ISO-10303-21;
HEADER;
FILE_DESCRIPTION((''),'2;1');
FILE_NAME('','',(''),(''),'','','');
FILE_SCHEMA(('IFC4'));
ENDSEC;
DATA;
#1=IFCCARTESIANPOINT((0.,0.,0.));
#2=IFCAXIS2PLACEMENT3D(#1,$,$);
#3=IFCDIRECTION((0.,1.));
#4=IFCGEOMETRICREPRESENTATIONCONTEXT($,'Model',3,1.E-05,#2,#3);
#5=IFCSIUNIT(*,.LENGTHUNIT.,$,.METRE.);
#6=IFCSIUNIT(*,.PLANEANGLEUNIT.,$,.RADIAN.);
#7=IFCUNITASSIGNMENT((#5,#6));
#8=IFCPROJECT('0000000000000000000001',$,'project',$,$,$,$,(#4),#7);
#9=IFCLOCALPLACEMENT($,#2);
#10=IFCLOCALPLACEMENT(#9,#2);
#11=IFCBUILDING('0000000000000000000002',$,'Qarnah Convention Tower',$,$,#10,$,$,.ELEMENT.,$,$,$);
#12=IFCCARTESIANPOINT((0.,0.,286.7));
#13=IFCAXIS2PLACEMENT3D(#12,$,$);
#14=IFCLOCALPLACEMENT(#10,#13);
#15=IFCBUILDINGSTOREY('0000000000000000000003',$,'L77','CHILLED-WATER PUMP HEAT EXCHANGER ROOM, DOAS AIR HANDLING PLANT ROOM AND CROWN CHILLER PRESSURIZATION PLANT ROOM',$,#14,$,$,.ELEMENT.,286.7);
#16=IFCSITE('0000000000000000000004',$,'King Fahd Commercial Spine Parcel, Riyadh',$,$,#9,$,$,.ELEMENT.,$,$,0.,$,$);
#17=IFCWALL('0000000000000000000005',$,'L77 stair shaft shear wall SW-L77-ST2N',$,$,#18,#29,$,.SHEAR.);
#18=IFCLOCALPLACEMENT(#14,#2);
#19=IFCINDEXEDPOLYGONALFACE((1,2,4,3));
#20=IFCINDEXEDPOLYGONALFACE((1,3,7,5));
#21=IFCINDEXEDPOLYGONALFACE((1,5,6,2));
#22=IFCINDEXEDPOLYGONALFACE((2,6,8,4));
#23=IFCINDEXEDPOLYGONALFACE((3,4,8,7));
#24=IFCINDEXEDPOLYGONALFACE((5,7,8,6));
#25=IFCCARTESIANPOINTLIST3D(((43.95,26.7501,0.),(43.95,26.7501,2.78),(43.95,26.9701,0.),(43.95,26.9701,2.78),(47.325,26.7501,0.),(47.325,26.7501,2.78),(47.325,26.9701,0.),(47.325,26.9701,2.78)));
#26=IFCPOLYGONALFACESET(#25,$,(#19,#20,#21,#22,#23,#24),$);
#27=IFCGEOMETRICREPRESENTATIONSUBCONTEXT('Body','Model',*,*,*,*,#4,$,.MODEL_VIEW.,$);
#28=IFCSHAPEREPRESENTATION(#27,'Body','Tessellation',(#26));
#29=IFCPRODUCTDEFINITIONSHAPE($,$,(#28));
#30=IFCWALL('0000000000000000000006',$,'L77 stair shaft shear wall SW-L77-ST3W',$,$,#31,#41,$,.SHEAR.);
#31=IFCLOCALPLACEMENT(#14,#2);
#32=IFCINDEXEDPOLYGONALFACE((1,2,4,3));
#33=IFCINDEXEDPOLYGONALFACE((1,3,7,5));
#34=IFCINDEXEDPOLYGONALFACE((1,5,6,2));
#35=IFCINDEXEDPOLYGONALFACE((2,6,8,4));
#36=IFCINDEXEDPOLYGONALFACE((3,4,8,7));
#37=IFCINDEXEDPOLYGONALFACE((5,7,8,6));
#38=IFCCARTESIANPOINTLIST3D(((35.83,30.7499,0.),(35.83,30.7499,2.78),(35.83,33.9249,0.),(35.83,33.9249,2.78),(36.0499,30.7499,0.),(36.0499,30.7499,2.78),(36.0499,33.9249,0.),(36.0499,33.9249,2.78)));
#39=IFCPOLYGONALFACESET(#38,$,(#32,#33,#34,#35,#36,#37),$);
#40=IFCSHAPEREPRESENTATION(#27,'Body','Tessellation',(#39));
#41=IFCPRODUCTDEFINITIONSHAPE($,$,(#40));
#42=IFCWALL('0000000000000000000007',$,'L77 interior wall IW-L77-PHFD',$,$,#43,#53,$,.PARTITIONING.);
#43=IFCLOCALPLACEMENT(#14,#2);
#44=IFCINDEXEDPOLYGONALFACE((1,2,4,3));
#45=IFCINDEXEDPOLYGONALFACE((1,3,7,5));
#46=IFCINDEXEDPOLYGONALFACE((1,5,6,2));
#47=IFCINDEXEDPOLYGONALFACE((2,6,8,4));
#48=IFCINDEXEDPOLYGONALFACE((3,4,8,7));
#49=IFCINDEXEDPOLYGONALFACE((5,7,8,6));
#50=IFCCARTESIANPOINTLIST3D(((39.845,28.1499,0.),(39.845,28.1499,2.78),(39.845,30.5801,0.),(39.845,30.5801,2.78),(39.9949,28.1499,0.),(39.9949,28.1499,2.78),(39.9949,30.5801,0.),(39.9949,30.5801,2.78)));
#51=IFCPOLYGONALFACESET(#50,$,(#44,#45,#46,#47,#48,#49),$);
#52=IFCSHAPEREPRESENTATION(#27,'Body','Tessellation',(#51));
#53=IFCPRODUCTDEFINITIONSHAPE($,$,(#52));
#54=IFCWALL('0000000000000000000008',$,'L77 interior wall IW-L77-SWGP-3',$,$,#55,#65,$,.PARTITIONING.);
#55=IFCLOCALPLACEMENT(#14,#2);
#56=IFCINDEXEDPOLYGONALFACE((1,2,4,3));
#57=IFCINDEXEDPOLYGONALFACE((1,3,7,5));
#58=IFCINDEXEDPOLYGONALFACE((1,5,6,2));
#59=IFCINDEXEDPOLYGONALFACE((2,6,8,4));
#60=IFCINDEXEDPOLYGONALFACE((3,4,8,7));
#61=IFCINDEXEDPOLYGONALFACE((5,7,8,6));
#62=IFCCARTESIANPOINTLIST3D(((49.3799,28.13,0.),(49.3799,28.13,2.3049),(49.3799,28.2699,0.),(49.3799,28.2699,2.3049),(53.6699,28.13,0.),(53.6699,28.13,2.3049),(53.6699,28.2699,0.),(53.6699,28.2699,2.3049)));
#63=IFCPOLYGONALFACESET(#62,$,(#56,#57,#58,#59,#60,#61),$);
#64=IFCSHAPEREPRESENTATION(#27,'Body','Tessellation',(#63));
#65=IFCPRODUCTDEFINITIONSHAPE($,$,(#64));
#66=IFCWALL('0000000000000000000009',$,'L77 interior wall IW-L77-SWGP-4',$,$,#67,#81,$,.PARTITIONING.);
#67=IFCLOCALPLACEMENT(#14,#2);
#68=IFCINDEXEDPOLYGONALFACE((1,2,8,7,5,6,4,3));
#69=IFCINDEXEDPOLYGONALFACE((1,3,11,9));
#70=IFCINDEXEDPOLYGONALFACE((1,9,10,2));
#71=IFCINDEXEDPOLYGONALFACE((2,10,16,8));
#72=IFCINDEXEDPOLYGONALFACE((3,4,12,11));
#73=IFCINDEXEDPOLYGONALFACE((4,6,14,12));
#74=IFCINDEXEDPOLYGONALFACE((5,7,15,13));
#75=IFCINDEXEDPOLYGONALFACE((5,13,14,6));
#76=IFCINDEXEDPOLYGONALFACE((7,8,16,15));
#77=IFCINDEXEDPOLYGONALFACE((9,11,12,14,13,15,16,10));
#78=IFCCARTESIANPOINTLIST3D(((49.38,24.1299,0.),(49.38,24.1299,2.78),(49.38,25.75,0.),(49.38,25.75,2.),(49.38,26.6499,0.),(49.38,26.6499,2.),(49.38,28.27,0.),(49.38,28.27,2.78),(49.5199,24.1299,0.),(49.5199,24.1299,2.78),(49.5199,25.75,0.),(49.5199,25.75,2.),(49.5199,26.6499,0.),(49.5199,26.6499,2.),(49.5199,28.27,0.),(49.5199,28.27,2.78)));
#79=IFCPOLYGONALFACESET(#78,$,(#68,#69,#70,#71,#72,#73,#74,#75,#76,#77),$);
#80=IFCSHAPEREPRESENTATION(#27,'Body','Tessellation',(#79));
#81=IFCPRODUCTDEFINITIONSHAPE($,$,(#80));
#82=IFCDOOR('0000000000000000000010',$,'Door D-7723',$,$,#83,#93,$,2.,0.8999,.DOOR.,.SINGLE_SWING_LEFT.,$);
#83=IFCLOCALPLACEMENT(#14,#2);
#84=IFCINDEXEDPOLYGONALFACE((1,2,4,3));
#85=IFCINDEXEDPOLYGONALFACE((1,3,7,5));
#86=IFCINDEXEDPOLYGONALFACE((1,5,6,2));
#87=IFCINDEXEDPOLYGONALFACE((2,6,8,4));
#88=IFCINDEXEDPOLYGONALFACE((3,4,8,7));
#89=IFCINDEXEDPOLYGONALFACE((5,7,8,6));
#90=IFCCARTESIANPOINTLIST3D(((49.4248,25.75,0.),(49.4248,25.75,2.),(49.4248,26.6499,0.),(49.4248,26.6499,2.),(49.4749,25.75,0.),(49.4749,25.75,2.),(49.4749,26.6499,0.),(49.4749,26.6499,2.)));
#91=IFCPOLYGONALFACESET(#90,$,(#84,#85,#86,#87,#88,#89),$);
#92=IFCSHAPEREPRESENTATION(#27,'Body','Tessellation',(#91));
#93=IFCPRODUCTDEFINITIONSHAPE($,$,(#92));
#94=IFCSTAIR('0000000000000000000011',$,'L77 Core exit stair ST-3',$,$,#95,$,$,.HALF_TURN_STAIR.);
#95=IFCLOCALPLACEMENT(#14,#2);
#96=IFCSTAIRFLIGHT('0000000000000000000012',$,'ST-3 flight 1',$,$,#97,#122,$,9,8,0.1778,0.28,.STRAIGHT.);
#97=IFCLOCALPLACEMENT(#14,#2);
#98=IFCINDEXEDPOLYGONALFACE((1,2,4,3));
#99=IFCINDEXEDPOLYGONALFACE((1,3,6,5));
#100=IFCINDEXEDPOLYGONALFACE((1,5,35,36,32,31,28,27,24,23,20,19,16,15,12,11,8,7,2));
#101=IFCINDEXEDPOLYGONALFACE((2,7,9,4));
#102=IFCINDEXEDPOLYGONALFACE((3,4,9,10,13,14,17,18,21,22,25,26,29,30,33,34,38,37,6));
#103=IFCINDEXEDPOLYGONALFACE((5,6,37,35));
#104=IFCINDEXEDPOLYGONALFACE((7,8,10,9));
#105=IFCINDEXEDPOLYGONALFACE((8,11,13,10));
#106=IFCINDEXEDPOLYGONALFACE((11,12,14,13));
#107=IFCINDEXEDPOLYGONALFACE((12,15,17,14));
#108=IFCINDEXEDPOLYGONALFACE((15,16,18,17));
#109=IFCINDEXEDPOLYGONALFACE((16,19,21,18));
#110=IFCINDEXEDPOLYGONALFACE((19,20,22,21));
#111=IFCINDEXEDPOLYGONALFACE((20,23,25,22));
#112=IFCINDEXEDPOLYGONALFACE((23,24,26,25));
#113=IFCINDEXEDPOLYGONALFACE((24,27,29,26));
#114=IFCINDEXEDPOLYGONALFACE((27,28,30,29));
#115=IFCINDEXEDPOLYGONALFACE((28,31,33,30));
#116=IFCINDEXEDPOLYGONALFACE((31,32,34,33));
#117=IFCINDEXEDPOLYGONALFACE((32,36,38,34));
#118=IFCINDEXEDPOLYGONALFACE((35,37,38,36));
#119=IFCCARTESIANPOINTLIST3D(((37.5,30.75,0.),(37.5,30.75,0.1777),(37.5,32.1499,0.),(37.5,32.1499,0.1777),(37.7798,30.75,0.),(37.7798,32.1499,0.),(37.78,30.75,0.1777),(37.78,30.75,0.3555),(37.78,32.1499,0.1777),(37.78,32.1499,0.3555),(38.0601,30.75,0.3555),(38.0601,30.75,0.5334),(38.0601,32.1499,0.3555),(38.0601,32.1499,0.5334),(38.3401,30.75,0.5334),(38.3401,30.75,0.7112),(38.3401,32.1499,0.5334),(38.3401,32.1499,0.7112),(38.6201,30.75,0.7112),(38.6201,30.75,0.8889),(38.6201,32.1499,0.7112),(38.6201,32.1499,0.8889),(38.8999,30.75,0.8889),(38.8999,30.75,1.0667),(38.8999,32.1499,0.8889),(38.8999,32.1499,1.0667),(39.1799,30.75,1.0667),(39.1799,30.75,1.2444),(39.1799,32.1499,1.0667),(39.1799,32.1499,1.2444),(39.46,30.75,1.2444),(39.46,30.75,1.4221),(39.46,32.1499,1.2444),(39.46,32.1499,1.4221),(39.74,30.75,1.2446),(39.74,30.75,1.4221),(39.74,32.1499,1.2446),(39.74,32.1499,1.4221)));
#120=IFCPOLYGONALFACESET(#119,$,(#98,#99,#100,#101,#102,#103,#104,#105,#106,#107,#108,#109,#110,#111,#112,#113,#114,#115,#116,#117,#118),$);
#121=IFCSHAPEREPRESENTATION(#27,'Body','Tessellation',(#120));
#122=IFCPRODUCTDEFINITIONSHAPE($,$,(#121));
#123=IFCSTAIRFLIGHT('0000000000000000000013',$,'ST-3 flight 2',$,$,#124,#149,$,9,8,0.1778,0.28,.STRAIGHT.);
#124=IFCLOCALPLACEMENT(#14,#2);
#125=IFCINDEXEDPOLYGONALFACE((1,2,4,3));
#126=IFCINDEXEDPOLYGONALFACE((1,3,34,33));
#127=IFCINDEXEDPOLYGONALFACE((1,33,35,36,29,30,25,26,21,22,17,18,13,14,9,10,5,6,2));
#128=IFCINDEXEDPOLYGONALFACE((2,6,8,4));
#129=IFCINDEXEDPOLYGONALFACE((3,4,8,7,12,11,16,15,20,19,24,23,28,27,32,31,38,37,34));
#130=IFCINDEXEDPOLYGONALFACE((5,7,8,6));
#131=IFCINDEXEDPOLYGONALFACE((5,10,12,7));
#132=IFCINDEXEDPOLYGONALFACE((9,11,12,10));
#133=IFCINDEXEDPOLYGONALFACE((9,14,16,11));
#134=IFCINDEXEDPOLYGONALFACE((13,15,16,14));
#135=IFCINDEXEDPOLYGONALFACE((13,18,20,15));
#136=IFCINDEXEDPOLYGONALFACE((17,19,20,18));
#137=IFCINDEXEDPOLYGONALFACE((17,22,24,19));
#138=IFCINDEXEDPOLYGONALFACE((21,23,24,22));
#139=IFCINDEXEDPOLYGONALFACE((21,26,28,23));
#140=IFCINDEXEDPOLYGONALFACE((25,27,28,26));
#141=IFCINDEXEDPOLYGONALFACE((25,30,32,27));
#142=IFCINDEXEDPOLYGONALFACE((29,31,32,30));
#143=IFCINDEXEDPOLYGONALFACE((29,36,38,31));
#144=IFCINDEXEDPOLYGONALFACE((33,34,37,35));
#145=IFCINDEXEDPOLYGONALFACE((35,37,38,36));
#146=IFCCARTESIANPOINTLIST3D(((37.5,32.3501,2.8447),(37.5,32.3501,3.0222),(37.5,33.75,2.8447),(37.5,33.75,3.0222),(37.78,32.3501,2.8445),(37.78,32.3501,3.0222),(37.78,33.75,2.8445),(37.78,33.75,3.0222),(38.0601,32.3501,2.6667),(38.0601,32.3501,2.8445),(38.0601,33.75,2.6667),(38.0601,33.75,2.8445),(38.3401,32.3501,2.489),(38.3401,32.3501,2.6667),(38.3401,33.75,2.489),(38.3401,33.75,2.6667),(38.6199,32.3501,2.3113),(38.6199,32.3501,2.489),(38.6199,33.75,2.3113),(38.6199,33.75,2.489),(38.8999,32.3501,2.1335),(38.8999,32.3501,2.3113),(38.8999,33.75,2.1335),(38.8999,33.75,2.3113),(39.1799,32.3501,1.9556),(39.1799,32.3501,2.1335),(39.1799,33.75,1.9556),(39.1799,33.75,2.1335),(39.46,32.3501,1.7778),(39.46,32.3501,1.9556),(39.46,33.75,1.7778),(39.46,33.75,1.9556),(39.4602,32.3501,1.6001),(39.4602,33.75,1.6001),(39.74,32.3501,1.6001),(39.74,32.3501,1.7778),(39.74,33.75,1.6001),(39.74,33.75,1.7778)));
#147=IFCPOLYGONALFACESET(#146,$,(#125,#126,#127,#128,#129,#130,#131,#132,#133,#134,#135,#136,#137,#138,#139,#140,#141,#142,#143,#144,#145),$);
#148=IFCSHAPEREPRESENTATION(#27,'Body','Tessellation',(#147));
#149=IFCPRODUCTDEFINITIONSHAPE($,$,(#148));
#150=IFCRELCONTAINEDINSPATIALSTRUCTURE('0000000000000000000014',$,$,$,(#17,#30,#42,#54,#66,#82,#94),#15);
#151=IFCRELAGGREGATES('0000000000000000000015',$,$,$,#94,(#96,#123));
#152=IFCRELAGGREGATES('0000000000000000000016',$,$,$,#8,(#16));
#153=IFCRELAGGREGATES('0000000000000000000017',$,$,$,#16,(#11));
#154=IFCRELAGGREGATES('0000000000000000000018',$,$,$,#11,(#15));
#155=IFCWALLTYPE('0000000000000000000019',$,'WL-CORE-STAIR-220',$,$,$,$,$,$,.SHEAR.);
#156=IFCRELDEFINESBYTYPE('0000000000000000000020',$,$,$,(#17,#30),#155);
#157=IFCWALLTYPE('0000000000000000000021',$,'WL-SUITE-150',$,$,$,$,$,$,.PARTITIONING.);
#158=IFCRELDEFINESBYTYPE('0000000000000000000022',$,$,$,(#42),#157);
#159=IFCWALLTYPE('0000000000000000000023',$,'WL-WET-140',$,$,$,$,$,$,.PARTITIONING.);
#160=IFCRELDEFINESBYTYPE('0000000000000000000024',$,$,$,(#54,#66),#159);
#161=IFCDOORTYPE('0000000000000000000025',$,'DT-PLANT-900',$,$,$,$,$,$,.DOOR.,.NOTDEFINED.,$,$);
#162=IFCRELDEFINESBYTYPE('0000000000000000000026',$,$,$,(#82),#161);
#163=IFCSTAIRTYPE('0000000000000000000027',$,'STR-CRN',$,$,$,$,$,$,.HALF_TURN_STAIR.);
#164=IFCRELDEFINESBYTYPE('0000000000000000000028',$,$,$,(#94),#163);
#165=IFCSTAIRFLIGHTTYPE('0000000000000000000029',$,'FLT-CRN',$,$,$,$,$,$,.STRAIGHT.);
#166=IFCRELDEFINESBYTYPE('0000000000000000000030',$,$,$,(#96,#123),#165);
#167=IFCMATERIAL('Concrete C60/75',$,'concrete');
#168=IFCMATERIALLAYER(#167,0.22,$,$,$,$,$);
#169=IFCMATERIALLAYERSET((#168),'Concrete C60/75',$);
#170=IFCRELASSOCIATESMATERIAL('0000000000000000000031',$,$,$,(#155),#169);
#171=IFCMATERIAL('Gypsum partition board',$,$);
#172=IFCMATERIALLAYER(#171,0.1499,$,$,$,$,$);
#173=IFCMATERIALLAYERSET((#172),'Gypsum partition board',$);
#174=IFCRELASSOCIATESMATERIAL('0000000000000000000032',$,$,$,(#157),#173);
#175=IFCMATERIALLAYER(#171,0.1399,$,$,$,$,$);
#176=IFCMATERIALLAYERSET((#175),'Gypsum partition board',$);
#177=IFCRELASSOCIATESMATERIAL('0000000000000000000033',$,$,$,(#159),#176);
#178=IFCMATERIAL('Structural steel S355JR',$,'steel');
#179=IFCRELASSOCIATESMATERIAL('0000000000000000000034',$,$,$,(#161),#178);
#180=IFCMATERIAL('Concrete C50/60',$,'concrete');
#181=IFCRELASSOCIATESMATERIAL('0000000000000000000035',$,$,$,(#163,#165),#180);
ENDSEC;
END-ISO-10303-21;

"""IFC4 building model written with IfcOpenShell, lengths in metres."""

from ifc_helpers import new_model, si_unit, direction, frame, frame_2d, origin, place, context, subcontext, project, spatial, polyline, rectangle, outline, extrude, material, layer, layer_set, type_object, element, fill, aggregate, save


model = new_model("IFC4")

# Units and contexts
model_context = context("Model", 3, precision=1e-05, world=origin(), true_north=direction((0.0, 1.0)))
body_context = subcontext(model_context, "Body", "Model", "MODEL_VIEW")
ifc_project = project(units=[si_unit("LENGTHUNIT", "METRE"), si_unit("PLANEANGLEUNIT", "RADIAN")], contexts=[model_context])

# Site, building, storey
site_placement = place(None, origin())
site = spatial("IfcSite", under=ifc_project, at=site_placement, Name="King Fahd Commercial Spine Parcel, Riyadh", CompositionType="ELEMENT", RefElevation=0.0)
building_placement = place(site_placement, origin())
building = spatial("IfcBuilding", under=site, at=building_placement, Name="Qarnah Convention Tower", CompositionType="ELEMENT")
storey_placement = place(building_placement, frame((0.0, 0.0, 286.7)))
storey = spatial("IfcBuildingStorey", under=building, at=storey_placement, Name="L77", Description="CHILLED-WATER PUMP HEAT EXCHANGER ROOM, DOAS AIR HANDLING PLANT ROOM AND CROWN CHILLER PRESSURIZATION PLANT ROOM", CompositionType="ELEMENT", Elevation=286.7)

# Shared definitions
ifc_material_1 = material(Name="Structural steel S355JR", Category="steel")

# Walls
ifc_material_2 = material(Name="Concrete C60/75", Category="concrete")
ifc_layer_1 = layer(ifc_material_2, 0.22)
ifc_layer_set_1 = layer_set([ifc_layer_1], Name="Concrete C60/75")
wall_type_1 = type_object("IfcWallType", Name="WL-CORE-STAIR-220", PredefinedType="SHEAR", material=ifc_layer_set_1)
wall_1_placement = place(storey_placement, frame((43.95, 26.8601, 0.0), z_axis=(0.0, 0.0, 1.0), x_axis=(1.0, 0.0, 0.0)))
element("IfcWall", 1, at=wall_1_placement, inside=storey, type_object=wall_type_1, Name="L77 stair shaft shear wall SW-L77-ST2N", PredefinedType="SHEAR", context=body_context, shape_type="SweptSolid", body=[
    extrude(rectangle(XDim=3.375, YDim=0.22, at=frame_2d((1.6875, 0.0))), origin(), (0.0, 0.0, 1.0), 2.78),
])
wall_2_placement = place(storey_placement, frame((35.9399, 30.75, 0.0), z_axis=(0.0, 0.0, 1.0), x_axis=(0.0, 1.0, 0.0)))
element("IfcWall", 2, at=wall_2_placement, inside=storey, type_object=wall_type_1, Name="L77 stair shaft shear wall SW-L77-ST3W", PredefinedType="SHEAR", context=body_context, shape_type="SweptSolid", body=[
    extrude(rectangle(XDim=3.175, YDim=0.22, at=frame_2d((1.5874, 0.0))), origin(), (0.0, 0.0, 1.0), 2.78),
])
ifc_material_3 = material(Name="Gypsum partition board")
ifc_layer_2 = layer(ifc_material_3, 0.1499)
ifc_layer_set_2 = layer_set([ifc_layer_2], Name="Gypsum partition board")
wall_type_2 = type_object("IfcWallType", Name="WL-SUITE-150", PredefinedType="PARTITIONING", material=ifc_layer_set_2)
wall_3_placement = place(storey_placement, frame((39.9199, 28.1499, 0.0), z_axis=(0.0, 0.0, 1.0), x_axis=(0.0, 1.0, 0.0)))
element("IfcWall", 3, at=wall_3_placement, inside=storey, type_object=wall_type_2, Name="L77 interior wall IW-L77-PHFD", PredefinedType="PARTITIONING", context=body_context, shape_type="SweptSolid", body=[
    extrude(rectangle(XDim=2.4302, YDim=0.1499, at=frame_2d((1.2151, 0.0))), origin(), (0.0, 0.0, 1.0), 2.78),
])
ifc_layer_3 = layer(ifc_material_3, 0.1399)
ifc_layer_set_3 = layer_set([ifc_layer_3], Name="Gypsum partition board")
wall_type_3 = type_object("IfcWallType", Name="WL-WET-140", PredefinedType="PARTITIONING", material=ifc_layer_set_3)
wall_4_placement = place(storey_placement, frame((53.6699, 28.2, 0.0), z_axis=(0.0, 0.0, 1.0), x_axis=(-1.0, 0.0, 0.0)))
element("IfcWall", 4, at=wall_4_placement, inside=storey, type_object=wall_type_3, Name="L77 interior wall IW-L77-SWGP-3", PredefinedType="PARTITIONING", context=body_context, shape_type="SweptSolid", body=[
    extrude(rectangle(XDim=4.29, YDim=0.1399, at=frame_2d((2.145, 0.0))), origin(), (0.0, 0.0, 1.0), 2.3049),
])

# Wall, opening, door
wall_5_placement = place(storey_placement, frame((49.45, 28.27, 0.0), z_axis=(0.0, 0.0, 1.0), x_axis=(0.0, -1.0, 0.0)))
wall_5 = element("IfcWall", 5, at=wall_5_placement, inside=storey, type_object=wall_type_3, Name="L77 interior wall IW-L77-SWGP-4", PredefinedType="PARTITIONING", context=body_context, shape_type="SweptSolid", body=[
    extrude(rectangle(XDim=4.1401, YDim=0.1399, at=frame_2d((2.0701, 0.0))), origin(), (0.0, 0.0, 1.0), 2.78),
])
opening_1_placement = place(wall_5_placement, frame((1.6201, 0.0, 0.0)))
opening_1 = element("IfcOpeningElement", 6, at=opening_1_placement, cuts=wall_5, PredefinedType="OPENING", context=body_context, shape_type="SweptSolid", body=[
    extrude(rectangle(XDim=0.8999, YDim=2.0, at=frame_2d((0.45, 1.0))), frame((0.0, 0.0798, 0.0), z_axis=(0.0, -1.0, 0.0), x_axis=(1.0, 0.0, 0.0)), (0.0, 0.0, 1.0), 0.1599),
])
door_type_1 = type_object("IfcDoorType", Name="DT-PLANT-900", OperationType="NOTDEFINED", PredefinedType="DOOR", material=ifc_material_1)
door_1_placement = place(opening_1_placement, origin())
door_1 = element("IfcDoor", 7, at=door_1_placement, inside=storey, type_object=door_type_1, Name="Door D-7723", OperationType="SINGLE_SWING_LEFT", OverallHeight=2.0, OverallWidth=0.8999, PredefinedType="DOOR", context=body_context, shape_type="SweptSolid", body=[
    extrude(rectangle(XDim=0.8999, YDim=2.0, at=frame_2d((0.45, 1.0))), frame((0.0, 0.0249, 0.0), z_axis=(0.0, -1.0, 0.0), x_axis=(1.0, 0.0, 0.0)), (0.0, 0.0, 1.0), 0.05),
])
fill(opening_1, door_1)

# Stair, stair flights
ifc_material_4 = material(Name="Concrete C50/60", Category="concrete")
stair_type = type_object("IfcStairType", Name="STR-CRN", PredefinedType="HALF_TURN_STAIR", material=ifc_material_4)
stair_placement = place(storey_placement, origin())
stair = element("IfcStair", 8, at=stair_placement, inside=storey, type_object=stair_type, Name="L77 Core exit stair ST-3", PredefinedType="HALF_TURN_STAIR")
stair_flight_type = type_object("IfcStairFlightType", Name="FLT-CRN", PredefinedType="STRAIGHT", material=ifc_material_4)
stair_flight_1_placement = place(storey_placement, frame((37.5, 31.45, 0.0), z_axis=(0.0, 0.0, 1.0), x_axis=(1.0, 0.0, 0.0)))
stair_flight_1 = element("IfcStairFlight", 9, at=stair_flight_1_placement, type_object=stair_flight_type, Name="ST-3 flight 1", NumberOfRisers=9, NumberOfTreads=8, PredefinedType="STRAIGHT", RiserHeight=0.1778, TreadLength=0.28, context=body_context, shape_type="SweptSolid", body=[
    extrude(outline(polyline([(0.0, 0.0), (0.0, 0.1777), (0.28, 0.1777), (0.28, 0.3555), (0.5601, 0.3555), (0.5601, 0.5334), (0.8401, 0.5334), (0.8401, 0.7112), (1.1201, 0.7112), (1.1201, 0.8889), (1.3999, 0.8889), (1.3999, 1.0667), (1.6799, 1.0667), (1.6799, 1.2444), (1.96, 1.2444), (1.96, 1.4221), (2.24, 1.4221), (2.24, 1.6001), (2.24, 1.2446), (0.2798, 0.0), (0.0, 0.0)])), frame((0.0, 0.7, 0.0), z_axis=(0.0, -1.0, 0.0), x_axis=(1.0, 0.0, 0.0)), (0.0, 0.0, 1.0), 1.3999),
])
stair_flight_2_placement = place(storey_placement, frame((39.74, 33.05, 1.6001), z_axis=(0.0, 0.0, 1.0), x_axis=(-1.0, 0.0, 0.0)))
stair_flight_2 = element("IfcStairFlight", 10, at=stair_flight_2_placement, type_object=stair_flight_type, Name="ST-3 flight 2", NumberOfRisers=9, NumberOfTreads=8, PredefinedType="STRAIGHT", RiserHeight=0.1778, TreadLength=0.28, context=body_context, shape_type="SweptSolid", body=[
    extrude(outline(polyline([(0.0, 0.0), (0.0, 0.1777), (0.28, 0.1777), (0.28, 0.3555), (0.5601, 0.3555), (0.5601, 0.5334), (0.8401, 0.5334), (0.8401, 0.7112), (1.1201, 0.7112), (1.1201, 0.8889), (1.3999, 0.8889), (1.3999, 1.0667), (1.6799, 1.0667), (1.6799, 1.2444), (1.96, 1.2444), (1.96, 1.4221), (2.24, 1.4221), (2.24, 1.6001), (2.24, 1.2446), (0.2798, 0.0), (0.0, 0.0)])), frame((0.0, 0.7, 0.0), z_axis=(0.0, -1.0, 0.0), x_axis=(1.0, 0.0, 0.0)), (0.0, 0.0, 1.0), 1.3999),
])
aggregate(stair, [stair_flight_1, stair_flight_2])

save(model, "model.ifc")
